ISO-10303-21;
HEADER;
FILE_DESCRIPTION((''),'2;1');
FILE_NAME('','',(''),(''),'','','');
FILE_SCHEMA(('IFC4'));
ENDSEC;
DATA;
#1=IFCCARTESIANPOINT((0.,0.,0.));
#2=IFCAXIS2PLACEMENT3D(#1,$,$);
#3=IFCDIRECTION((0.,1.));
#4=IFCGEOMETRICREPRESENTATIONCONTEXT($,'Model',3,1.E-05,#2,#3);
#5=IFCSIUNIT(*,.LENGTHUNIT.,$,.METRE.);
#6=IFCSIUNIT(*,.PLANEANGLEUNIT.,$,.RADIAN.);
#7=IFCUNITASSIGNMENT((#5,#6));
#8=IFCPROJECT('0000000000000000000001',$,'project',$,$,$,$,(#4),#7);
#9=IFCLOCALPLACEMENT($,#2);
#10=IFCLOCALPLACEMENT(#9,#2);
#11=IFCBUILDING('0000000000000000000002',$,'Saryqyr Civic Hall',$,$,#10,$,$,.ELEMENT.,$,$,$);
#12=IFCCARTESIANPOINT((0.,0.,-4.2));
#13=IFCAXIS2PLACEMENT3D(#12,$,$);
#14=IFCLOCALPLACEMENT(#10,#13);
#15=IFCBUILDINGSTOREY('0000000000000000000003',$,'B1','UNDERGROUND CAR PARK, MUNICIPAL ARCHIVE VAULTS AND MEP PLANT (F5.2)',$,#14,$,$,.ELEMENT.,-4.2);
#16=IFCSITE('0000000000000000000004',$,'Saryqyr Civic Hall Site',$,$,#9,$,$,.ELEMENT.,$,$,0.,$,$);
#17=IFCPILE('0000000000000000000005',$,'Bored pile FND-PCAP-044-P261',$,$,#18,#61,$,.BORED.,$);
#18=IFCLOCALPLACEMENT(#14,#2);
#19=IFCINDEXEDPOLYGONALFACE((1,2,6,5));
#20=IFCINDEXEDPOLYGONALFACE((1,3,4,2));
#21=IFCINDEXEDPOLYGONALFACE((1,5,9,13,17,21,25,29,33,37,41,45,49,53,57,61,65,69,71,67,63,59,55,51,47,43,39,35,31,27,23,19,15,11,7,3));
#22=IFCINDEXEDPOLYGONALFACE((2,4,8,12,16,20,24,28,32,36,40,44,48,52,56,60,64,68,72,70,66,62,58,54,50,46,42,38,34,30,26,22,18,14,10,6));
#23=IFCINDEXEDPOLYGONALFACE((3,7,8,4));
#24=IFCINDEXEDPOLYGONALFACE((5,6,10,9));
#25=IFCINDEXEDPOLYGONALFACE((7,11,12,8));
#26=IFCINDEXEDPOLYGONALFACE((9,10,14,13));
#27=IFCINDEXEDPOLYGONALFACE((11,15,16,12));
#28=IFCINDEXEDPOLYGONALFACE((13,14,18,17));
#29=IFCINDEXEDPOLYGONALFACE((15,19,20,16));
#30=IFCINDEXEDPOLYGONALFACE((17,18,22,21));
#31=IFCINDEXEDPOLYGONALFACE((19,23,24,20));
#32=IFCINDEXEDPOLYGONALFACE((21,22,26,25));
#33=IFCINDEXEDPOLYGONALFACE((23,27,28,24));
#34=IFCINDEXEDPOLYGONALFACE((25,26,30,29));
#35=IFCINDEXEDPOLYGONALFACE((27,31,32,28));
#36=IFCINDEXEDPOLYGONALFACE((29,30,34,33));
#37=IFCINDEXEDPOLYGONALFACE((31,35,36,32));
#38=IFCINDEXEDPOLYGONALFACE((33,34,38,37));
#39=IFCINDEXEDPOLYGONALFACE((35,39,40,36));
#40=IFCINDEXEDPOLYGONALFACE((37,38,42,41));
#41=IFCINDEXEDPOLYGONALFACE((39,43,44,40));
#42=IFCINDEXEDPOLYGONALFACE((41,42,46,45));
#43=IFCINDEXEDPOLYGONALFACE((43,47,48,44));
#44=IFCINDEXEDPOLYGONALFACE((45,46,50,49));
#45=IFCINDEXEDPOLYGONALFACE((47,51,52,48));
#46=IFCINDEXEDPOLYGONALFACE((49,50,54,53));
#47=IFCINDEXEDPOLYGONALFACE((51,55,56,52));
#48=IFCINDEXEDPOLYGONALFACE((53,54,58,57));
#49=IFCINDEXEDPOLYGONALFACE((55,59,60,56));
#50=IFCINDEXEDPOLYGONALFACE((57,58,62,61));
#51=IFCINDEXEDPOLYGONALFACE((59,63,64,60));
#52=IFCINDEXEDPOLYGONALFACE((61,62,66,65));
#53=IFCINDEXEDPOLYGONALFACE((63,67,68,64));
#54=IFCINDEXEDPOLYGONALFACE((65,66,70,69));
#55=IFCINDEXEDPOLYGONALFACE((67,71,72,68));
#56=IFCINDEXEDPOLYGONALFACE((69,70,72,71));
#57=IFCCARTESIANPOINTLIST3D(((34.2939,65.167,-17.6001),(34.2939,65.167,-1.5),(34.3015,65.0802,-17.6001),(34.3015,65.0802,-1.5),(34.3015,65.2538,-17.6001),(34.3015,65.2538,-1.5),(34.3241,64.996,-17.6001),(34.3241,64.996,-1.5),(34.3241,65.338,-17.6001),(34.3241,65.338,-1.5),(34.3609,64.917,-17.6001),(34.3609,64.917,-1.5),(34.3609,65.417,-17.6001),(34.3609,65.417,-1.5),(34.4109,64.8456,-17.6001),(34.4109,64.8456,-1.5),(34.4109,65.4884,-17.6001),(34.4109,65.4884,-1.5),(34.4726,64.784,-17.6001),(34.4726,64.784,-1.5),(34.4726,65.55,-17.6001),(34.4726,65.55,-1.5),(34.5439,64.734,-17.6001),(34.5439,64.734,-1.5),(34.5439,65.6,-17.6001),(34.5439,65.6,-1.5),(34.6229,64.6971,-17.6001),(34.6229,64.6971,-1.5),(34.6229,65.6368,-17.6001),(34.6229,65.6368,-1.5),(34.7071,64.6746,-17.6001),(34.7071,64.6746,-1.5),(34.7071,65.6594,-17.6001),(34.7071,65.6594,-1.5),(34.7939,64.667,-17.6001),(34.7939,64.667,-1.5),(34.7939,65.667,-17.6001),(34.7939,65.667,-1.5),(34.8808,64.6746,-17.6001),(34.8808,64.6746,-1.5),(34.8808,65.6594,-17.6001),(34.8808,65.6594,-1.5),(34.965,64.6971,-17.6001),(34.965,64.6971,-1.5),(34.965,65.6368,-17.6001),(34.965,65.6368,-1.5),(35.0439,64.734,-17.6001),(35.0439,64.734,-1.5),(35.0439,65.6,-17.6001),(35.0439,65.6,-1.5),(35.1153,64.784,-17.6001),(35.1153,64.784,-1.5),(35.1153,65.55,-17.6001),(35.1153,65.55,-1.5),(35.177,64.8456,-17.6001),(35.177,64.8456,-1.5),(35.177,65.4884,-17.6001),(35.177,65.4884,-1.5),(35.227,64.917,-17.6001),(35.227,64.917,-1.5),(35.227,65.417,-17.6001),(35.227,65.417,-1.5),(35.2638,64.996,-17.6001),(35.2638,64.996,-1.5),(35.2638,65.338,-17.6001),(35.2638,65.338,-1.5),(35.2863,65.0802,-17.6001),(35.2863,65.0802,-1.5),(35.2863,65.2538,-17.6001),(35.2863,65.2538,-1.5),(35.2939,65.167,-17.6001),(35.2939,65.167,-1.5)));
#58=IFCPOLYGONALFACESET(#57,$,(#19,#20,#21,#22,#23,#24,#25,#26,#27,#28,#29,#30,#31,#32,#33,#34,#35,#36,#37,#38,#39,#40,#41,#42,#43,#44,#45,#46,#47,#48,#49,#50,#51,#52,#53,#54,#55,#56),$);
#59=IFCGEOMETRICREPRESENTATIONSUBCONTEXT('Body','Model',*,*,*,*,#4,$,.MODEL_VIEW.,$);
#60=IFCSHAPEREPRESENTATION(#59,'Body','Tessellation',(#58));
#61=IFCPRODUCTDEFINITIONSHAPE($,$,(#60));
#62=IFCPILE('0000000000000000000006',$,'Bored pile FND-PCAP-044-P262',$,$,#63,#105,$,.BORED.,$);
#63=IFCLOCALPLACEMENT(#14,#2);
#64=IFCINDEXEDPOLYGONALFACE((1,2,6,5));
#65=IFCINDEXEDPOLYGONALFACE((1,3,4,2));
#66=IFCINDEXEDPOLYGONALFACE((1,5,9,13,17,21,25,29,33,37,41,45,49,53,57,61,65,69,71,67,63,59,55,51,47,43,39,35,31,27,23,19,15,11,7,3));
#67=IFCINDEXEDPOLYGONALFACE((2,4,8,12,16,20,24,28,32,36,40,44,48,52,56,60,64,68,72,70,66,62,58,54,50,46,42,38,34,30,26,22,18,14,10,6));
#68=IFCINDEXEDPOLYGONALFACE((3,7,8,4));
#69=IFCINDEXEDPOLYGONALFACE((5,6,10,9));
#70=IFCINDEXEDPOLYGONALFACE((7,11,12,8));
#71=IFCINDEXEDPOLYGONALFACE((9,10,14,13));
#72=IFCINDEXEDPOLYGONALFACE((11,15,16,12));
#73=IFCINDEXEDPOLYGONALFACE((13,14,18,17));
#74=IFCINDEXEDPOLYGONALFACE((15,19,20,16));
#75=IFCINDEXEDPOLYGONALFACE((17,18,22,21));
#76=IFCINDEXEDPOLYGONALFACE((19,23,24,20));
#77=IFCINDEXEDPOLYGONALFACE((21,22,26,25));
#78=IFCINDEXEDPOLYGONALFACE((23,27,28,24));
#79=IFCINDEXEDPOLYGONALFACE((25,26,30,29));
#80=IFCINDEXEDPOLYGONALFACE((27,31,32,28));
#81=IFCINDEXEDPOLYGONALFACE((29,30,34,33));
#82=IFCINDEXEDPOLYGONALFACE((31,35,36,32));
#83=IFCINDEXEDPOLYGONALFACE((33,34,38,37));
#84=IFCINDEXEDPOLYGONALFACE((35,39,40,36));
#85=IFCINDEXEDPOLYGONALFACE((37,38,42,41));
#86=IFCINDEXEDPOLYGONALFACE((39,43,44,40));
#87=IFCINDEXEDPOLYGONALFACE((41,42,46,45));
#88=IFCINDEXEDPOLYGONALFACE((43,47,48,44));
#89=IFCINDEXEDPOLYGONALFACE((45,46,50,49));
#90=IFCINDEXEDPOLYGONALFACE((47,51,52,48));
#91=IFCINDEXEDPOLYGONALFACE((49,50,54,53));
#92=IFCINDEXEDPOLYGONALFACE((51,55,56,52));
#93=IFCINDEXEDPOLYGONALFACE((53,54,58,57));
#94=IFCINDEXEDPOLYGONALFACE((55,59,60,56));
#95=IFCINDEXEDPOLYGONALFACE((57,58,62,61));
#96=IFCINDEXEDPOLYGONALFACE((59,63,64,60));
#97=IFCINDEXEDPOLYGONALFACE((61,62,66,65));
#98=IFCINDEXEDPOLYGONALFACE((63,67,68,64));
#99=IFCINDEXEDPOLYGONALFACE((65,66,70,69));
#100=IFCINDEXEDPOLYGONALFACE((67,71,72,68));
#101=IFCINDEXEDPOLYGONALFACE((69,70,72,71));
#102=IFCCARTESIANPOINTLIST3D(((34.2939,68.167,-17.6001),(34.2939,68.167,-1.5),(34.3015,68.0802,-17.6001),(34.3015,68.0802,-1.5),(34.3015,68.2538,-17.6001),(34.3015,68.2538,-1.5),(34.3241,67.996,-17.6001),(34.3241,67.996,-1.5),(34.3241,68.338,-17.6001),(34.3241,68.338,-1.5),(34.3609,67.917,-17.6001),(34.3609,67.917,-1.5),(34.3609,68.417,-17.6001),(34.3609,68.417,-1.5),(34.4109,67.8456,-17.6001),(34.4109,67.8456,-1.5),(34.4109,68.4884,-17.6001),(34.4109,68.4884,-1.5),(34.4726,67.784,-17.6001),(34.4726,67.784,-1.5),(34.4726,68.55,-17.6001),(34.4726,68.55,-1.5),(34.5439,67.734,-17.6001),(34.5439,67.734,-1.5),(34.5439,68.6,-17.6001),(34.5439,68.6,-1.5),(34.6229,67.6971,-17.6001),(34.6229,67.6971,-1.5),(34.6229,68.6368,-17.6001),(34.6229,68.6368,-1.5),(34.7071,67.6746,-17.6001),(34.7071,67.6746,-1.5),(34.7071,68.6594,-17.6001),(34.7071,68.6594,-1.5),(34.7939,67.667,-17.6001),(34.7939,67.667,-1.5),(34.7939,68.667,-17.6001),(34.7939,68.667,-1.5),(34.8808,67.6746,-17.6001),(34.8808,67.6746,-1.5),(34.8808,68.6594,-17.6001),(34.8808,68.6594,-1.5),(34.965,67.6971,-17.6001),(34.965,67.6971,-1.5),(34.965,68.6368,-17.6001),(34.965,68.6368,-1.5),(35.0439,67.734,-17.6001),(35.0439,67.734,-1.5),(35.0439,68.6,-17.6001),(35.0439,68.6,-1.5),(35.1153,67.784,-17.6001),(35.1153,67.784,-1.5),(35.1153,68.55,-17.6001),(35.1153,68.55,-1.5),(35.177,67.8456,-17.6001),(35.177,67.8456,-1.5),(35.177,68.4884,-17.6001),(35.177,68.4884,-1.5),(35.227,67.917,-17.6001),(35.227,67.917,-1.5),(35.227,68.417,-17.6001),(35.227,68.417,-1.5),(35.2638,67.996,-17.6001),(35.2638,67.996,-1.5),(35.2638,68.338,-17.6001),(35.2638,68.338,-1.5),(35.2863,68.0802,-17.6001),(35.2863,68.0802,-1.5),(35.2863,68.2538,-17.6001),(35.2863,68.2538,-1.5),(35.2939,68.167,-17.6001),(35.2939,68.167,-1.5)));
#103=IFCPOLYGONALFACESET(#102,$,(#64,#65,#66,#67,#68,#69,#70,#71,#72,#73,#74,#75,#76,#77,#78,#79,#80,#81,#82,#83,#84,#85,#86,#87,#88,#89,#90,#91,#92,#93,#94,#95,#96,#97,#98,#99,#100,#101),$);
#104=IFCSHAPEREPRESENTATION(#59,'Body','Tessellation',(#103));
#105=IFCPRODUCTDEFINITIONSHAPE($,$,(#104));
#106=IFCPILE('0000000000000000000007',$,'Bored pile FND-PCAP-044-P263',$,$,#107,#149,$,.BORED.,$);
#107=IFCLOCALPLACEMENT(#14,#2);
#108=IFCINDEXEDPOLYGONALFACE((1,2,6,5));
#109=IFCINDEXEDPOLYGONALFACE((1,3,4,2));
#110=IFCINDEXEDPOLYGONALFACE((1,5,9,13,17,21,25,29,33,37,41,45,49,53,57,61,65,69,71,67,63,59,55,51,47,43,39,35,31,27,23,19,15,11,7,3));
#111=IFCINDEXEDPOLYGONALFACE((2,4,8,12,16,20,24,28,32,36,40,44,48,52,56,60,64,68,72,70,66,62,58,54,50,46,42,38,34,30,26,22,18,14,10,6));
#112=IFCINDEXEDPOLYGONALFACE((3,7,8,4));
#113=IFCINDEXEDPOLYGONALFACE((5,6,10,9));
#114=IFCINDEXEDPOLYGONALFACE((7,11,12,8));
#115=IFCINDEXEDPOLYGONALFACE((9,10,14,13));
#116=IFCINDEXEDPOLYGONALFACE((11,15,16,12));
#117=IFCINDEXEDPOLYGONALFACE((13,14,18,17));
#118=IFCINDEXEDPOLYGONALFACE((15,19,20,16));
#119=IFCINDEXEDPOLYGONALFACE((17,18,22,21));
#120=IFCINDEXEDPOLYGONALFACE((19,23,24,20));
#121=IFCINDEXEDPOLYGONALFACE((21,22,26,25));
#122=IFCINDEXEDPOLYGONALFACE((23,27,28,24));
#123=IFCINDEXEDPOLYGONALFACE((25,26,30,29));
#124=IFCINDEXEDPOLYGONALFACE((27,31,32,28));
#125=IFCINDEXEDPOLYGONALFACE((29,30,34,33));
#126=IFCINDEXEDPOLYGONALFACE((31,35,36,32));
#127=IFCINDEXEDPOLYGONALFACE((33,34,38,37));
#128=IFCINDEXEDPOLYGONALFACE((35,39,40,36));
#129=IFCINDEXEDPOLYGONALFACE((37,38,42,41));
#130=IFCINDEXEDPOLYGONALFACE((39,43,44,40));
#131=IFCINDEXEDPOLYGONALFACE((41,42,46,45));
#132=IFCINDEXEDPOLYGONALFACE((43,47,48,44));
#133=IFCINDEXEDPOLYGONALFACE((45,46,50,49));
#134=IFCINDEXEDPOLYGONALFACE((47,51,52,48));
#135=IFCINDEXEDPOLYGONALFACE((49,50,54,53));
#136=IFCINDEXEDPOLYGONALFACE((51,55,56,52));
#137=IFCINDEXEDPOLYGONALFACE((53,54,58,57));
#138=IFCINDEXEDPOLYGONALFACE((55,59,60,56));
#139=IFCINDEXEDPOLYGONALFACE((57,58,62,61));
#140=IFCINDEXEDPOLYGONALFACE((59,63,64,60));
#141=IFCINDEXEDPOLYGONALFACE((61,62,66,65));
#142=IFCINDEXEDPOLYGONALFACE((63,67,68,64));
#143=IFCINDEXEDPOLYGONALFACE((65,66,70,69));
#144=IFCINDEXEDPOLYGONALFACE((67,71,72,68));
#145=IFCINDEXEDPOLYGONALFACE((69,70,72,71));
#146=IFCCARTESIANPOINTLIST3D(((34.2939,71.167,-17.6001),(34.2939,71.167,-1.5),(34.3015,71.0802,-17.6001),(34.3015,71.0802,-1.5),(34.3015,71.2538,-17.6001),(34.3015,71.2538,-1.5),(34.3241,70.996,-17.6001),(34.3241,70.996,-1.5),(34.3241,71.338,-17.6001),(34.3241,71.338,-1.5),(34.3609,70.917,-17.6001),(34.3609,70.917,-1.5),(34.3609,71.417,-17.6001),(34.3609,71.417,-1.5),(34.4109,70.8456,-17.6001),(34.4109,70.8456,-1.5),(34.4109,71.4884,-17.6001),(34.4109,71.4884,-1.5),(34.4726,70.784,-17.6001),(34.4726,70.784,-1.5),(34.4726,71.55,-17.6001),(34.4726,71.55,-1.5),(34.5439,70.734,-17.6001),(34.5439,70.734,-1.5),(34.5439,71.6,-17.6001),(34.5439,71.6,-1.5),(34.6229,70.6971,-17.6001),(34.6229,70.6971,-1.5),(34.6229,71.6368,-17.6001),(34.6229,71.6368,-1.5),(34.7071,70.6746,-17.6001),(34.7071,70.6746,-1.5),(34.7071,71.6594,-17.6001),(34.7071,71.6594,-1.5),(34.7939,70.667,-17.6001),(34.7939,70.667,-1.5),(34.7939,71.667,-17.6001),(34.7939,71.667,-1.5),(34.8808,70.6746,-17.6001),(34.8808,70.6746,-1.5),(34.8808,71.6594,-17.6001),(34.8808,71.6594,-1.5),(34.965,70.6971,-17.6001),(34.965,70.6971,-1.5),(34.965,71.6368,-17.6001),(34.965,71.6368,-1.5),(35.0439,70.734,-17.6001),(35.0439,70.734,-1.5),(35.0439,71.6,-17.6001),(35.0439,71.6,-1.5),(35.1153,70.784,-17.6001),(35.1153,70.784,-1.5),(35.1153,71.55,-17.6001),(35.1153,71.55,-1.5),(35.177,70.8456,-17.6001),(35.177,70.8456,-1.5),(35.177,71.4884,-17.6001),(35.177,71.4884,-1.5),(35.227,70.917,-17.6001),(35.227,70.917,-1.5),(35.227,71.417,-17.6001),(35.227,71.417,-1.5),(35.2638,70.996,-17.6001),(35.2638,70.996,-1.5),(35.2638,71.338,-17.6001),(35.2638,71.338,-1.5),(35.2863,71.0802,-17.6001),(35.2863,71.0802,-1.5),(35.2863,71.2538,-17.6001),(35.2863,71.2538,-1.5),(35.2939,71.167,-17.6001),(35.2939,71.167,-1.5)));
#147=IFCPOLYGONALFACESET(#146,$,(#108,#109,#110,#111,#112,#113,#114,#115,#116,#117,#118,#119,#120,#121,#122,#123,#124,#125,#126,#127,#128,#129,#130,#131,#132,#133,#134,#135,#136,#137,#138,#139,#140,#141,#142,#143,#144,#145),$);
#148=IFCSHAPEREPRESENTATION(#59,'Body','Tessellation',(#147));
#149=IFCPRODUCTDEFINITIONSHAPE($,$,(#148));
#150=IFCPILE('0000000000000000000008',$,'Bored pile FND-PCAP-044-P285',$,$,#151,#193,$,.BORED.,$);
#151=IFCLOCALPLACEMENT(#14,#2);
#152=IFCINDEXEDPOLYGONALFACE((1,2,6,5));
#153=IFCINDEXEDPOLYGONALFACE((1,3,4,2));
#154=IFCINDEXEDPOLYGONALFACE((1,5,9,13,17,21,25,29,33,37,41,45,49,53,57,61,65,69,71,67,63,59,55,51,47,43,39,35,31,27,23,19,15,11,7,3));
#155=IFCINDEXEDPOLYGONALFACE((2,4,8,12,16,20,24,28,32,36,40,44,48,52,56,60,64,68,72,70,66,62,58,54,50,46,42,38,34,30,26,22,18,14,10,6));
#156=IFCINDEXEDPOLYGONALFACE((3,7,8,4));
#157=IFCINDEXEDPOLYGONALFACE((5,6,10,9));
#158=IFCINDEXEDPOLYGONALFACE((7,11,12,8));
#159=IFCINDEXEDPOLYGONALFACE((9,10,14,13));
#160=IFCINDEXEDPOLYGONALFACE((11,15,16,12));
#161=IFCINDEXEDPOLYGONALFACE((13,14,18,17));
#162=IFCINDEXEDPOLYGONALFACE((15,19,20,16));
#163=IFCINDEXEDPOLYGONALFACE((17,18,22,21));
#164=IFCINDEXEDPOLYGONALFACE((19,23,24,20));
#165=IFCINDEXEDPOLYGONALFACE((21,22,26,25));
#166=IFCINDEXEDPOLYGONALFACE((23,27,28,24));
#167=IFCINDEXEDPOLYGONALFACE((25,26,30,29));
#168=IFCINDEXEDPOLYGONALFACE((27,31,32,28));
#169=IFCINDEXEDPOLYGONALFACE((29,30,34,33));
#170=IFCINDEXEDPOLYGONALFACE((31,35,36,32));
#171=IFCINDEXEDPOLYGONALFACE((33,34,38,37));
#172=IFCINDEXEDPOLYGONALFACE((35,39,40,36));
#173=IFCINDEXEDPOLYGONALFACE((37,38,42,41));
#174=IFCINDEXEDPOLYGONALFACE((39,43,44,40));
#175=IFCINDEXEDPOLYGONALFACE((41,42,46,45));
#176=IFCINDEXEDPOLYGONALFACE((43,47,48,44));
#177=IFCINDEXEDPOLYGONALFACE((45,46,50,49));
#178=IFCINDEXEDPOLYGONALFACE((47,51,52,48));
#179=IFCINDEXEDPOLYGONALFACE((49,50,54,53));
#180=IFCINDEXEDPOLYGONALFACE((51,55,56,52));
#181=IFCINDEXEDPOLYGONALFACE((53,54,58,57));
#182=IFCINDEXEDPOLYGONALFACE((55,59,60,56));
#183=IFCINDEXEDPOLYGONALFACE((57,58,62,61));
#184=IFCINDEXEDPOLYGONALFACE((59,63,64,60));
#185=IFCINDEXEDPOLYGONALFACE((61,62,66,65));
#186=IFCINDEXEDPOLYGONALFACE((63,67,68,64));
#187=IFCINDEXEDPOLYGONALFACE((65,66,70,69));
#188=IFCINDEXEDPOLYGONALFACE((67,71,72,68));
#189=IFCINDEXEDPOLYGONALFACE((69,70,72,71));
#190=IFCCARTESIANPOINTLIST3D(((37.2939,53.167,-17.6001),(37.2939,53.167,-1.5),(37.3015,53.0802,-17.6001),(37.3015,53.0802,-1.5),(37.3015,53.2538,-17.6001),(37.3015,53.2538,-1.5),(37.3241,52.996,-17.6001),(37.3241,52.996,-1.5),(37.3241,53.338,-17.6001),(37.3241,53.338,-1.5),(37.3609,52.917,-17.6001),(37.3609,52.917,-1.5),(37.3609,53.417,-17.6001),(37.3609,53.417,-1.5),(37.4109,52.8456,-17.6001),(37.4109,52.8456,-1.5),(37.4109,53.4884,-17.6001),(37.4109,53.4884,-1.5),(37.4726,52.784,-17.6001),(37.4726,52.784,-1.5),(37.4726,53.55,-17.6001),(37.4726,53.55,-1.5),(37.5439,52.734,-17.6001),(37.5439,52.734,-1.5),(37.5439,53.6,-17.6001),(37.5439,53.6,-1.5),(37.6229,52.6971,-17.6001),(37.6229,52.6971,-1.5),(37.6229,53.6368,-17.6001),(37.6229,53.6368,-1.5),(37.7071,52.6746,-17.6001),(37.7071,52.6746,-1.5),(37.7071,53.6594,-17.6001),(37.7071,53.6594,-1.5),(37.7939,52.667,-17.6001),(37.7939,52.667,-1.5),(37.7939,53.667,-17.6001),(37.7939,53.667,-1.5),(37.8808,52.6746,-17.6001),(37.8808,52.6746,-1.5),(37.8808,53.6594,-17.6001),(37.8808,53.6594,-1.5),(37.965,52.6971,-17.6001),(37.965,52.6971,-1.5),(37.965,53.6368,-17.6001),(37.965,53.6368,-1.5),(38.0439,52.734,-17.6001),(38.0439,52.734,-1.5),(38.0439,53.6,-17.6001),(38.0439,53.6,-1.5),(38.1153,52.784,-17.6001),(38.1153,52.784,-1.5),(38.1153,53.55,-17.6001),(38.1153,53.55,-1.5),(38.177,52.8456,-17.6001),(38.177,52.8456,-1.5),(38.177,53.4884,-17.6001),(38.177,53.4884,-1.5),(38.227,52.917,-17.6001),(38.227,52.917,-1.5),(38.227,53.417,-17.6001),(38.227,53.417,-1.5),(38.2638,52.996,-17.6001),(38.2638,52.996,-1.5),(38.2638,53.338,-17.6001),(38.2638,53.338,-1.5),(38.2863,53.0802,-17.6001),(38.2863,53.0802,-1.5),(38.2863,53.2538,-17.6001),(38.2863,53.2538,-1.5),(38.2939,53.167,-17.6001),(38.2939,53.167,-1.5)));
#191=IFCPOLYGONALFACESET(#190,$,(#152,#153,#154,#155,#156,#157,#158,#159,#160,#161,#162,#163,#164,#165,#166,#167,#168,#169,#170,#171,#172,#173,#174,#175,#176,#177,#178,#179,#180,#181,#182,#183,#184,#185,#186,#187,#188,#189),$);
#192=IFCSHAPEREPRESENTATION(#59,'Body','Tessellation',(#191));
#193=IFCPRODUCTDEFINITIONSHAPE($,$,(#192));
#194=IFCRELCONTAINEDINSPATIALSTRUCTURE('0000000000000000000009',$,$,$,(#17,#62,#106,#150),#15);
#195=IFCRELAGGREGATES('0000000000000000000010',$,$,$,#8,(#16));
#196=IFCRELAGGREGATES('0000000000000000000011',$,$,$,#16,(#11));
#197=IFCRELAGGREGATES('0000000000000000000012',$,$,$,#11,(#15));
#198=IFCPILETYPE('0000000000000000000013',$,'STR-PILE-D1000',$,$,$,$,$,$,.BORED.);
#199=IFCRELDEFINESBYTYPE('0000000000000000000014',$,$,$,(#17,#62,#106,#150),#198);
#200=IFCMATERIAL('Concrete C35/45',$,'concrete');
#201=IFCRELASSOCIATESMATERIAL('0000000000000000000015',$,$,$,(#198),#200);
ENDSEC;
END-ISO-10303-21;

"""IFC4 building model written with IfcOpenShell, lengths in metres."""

from ifc_helpers import new_model, si_unit, direction, frame, origin, origin_2d, place, context, subcontext, project, spatial, circle, extrude, material, material_profile, profile_set, type_object, element, save


model = new_model("IFC4")

# Units and contexts
model_context = context("Model", 3, precision=1e-05, world=origin(), true_north=direction((0.0, 1.0)))
body_context = subcontext(model_context, "Body", "Model", "MODEL_VIEW")
ifc_project = project(units=[si_unit("LENGTHUNIT", "METRE"), si_unit("PLANEANGLEUNIT", "RADIAN")], contexts=[model_context])

# Site, building, storey
site_placement = place(None, origin())
site = spatial("IfcSite", under=ifc_project, at=site_placement, Name="Saryqyr Civic Hall Site", CompositionType="ELEMENT", RefElevation=0.0)
building_placement = place(site_placement, origin())
building = spatial("IfcBuilding", under=site, at=building_placement, Name="Saryqyr Civic Hall", CompositionType="ELEMENT")
storey_placement = place(building_placement, frame((0.0, 0.0, -4.2)))
storey = spatial("IfcBuildingStorey", under=building, at=storey_placement, Name="B1", Description="UNDERGROUND CAR PARK, MUNICIPAL ARCHIVE VAULTS AND MEP PLANT (F5.2)", CompositionType="ELEMENT", Elevation=-4.2)

# Piles
ifc_material_1 = material(Name="Concrete C35/45", Category="concrete")
ifc_material_profile_1 = material_profile(ifc_material_1, circle(Radius=0.5, at=origin_2d()), Name="BORED PILE D1000")
ifc_profile_set_1 = profile_set([ifc_material_profile_1], Name="Concrete C35/45")
pile_type = type_object("IfcPileType", Name="STR-PILE-D1000", PredefinedType="BORED", material=ifc_profile_set_1)
for number, where, z_axis, x_axis, name in (
    (1, (34.7939, 65.167, -1.5), (0.0, 0.0, -1.0), (1.0, 0.0, 0.0), "Bored pile FND-PCAP-044-P261"),
    (2, (34.7939, 68.167, -1.5), (0.0, 0.0, -1.0), (1.0, 0.0, 0.0), "Bored pile FND-PCAP-044-P262"),
    (3, (34.7939, 71.167, -1.5), (0.0, 0.0, -1.0), (1.0, 0.0, 0.0), "Bored pile FND-PCAP-044-P263"),
    (4, (37.7939, 53.167, -1.5), (0.0, 0.0, -1.0), (1.0, 0.0, 0.0), "Bored pile FND-PCAP-044-P285"),
):
    element("IfcPile", number, at=place(storey_placement, frame(where, z_axis=z_axis, x_axis=x_axis)), inside=storey, type_object=pile_type, Name=name, PredefinedType="BORED", context=body_context, shape_type="SweptSolid", body=[
        extrude(circle(Radius=0.5, at=origin_2d()), origin(), (0.0, 0.0, 1.0), 16.1001),
    ])

save(model, "model.ifc")
